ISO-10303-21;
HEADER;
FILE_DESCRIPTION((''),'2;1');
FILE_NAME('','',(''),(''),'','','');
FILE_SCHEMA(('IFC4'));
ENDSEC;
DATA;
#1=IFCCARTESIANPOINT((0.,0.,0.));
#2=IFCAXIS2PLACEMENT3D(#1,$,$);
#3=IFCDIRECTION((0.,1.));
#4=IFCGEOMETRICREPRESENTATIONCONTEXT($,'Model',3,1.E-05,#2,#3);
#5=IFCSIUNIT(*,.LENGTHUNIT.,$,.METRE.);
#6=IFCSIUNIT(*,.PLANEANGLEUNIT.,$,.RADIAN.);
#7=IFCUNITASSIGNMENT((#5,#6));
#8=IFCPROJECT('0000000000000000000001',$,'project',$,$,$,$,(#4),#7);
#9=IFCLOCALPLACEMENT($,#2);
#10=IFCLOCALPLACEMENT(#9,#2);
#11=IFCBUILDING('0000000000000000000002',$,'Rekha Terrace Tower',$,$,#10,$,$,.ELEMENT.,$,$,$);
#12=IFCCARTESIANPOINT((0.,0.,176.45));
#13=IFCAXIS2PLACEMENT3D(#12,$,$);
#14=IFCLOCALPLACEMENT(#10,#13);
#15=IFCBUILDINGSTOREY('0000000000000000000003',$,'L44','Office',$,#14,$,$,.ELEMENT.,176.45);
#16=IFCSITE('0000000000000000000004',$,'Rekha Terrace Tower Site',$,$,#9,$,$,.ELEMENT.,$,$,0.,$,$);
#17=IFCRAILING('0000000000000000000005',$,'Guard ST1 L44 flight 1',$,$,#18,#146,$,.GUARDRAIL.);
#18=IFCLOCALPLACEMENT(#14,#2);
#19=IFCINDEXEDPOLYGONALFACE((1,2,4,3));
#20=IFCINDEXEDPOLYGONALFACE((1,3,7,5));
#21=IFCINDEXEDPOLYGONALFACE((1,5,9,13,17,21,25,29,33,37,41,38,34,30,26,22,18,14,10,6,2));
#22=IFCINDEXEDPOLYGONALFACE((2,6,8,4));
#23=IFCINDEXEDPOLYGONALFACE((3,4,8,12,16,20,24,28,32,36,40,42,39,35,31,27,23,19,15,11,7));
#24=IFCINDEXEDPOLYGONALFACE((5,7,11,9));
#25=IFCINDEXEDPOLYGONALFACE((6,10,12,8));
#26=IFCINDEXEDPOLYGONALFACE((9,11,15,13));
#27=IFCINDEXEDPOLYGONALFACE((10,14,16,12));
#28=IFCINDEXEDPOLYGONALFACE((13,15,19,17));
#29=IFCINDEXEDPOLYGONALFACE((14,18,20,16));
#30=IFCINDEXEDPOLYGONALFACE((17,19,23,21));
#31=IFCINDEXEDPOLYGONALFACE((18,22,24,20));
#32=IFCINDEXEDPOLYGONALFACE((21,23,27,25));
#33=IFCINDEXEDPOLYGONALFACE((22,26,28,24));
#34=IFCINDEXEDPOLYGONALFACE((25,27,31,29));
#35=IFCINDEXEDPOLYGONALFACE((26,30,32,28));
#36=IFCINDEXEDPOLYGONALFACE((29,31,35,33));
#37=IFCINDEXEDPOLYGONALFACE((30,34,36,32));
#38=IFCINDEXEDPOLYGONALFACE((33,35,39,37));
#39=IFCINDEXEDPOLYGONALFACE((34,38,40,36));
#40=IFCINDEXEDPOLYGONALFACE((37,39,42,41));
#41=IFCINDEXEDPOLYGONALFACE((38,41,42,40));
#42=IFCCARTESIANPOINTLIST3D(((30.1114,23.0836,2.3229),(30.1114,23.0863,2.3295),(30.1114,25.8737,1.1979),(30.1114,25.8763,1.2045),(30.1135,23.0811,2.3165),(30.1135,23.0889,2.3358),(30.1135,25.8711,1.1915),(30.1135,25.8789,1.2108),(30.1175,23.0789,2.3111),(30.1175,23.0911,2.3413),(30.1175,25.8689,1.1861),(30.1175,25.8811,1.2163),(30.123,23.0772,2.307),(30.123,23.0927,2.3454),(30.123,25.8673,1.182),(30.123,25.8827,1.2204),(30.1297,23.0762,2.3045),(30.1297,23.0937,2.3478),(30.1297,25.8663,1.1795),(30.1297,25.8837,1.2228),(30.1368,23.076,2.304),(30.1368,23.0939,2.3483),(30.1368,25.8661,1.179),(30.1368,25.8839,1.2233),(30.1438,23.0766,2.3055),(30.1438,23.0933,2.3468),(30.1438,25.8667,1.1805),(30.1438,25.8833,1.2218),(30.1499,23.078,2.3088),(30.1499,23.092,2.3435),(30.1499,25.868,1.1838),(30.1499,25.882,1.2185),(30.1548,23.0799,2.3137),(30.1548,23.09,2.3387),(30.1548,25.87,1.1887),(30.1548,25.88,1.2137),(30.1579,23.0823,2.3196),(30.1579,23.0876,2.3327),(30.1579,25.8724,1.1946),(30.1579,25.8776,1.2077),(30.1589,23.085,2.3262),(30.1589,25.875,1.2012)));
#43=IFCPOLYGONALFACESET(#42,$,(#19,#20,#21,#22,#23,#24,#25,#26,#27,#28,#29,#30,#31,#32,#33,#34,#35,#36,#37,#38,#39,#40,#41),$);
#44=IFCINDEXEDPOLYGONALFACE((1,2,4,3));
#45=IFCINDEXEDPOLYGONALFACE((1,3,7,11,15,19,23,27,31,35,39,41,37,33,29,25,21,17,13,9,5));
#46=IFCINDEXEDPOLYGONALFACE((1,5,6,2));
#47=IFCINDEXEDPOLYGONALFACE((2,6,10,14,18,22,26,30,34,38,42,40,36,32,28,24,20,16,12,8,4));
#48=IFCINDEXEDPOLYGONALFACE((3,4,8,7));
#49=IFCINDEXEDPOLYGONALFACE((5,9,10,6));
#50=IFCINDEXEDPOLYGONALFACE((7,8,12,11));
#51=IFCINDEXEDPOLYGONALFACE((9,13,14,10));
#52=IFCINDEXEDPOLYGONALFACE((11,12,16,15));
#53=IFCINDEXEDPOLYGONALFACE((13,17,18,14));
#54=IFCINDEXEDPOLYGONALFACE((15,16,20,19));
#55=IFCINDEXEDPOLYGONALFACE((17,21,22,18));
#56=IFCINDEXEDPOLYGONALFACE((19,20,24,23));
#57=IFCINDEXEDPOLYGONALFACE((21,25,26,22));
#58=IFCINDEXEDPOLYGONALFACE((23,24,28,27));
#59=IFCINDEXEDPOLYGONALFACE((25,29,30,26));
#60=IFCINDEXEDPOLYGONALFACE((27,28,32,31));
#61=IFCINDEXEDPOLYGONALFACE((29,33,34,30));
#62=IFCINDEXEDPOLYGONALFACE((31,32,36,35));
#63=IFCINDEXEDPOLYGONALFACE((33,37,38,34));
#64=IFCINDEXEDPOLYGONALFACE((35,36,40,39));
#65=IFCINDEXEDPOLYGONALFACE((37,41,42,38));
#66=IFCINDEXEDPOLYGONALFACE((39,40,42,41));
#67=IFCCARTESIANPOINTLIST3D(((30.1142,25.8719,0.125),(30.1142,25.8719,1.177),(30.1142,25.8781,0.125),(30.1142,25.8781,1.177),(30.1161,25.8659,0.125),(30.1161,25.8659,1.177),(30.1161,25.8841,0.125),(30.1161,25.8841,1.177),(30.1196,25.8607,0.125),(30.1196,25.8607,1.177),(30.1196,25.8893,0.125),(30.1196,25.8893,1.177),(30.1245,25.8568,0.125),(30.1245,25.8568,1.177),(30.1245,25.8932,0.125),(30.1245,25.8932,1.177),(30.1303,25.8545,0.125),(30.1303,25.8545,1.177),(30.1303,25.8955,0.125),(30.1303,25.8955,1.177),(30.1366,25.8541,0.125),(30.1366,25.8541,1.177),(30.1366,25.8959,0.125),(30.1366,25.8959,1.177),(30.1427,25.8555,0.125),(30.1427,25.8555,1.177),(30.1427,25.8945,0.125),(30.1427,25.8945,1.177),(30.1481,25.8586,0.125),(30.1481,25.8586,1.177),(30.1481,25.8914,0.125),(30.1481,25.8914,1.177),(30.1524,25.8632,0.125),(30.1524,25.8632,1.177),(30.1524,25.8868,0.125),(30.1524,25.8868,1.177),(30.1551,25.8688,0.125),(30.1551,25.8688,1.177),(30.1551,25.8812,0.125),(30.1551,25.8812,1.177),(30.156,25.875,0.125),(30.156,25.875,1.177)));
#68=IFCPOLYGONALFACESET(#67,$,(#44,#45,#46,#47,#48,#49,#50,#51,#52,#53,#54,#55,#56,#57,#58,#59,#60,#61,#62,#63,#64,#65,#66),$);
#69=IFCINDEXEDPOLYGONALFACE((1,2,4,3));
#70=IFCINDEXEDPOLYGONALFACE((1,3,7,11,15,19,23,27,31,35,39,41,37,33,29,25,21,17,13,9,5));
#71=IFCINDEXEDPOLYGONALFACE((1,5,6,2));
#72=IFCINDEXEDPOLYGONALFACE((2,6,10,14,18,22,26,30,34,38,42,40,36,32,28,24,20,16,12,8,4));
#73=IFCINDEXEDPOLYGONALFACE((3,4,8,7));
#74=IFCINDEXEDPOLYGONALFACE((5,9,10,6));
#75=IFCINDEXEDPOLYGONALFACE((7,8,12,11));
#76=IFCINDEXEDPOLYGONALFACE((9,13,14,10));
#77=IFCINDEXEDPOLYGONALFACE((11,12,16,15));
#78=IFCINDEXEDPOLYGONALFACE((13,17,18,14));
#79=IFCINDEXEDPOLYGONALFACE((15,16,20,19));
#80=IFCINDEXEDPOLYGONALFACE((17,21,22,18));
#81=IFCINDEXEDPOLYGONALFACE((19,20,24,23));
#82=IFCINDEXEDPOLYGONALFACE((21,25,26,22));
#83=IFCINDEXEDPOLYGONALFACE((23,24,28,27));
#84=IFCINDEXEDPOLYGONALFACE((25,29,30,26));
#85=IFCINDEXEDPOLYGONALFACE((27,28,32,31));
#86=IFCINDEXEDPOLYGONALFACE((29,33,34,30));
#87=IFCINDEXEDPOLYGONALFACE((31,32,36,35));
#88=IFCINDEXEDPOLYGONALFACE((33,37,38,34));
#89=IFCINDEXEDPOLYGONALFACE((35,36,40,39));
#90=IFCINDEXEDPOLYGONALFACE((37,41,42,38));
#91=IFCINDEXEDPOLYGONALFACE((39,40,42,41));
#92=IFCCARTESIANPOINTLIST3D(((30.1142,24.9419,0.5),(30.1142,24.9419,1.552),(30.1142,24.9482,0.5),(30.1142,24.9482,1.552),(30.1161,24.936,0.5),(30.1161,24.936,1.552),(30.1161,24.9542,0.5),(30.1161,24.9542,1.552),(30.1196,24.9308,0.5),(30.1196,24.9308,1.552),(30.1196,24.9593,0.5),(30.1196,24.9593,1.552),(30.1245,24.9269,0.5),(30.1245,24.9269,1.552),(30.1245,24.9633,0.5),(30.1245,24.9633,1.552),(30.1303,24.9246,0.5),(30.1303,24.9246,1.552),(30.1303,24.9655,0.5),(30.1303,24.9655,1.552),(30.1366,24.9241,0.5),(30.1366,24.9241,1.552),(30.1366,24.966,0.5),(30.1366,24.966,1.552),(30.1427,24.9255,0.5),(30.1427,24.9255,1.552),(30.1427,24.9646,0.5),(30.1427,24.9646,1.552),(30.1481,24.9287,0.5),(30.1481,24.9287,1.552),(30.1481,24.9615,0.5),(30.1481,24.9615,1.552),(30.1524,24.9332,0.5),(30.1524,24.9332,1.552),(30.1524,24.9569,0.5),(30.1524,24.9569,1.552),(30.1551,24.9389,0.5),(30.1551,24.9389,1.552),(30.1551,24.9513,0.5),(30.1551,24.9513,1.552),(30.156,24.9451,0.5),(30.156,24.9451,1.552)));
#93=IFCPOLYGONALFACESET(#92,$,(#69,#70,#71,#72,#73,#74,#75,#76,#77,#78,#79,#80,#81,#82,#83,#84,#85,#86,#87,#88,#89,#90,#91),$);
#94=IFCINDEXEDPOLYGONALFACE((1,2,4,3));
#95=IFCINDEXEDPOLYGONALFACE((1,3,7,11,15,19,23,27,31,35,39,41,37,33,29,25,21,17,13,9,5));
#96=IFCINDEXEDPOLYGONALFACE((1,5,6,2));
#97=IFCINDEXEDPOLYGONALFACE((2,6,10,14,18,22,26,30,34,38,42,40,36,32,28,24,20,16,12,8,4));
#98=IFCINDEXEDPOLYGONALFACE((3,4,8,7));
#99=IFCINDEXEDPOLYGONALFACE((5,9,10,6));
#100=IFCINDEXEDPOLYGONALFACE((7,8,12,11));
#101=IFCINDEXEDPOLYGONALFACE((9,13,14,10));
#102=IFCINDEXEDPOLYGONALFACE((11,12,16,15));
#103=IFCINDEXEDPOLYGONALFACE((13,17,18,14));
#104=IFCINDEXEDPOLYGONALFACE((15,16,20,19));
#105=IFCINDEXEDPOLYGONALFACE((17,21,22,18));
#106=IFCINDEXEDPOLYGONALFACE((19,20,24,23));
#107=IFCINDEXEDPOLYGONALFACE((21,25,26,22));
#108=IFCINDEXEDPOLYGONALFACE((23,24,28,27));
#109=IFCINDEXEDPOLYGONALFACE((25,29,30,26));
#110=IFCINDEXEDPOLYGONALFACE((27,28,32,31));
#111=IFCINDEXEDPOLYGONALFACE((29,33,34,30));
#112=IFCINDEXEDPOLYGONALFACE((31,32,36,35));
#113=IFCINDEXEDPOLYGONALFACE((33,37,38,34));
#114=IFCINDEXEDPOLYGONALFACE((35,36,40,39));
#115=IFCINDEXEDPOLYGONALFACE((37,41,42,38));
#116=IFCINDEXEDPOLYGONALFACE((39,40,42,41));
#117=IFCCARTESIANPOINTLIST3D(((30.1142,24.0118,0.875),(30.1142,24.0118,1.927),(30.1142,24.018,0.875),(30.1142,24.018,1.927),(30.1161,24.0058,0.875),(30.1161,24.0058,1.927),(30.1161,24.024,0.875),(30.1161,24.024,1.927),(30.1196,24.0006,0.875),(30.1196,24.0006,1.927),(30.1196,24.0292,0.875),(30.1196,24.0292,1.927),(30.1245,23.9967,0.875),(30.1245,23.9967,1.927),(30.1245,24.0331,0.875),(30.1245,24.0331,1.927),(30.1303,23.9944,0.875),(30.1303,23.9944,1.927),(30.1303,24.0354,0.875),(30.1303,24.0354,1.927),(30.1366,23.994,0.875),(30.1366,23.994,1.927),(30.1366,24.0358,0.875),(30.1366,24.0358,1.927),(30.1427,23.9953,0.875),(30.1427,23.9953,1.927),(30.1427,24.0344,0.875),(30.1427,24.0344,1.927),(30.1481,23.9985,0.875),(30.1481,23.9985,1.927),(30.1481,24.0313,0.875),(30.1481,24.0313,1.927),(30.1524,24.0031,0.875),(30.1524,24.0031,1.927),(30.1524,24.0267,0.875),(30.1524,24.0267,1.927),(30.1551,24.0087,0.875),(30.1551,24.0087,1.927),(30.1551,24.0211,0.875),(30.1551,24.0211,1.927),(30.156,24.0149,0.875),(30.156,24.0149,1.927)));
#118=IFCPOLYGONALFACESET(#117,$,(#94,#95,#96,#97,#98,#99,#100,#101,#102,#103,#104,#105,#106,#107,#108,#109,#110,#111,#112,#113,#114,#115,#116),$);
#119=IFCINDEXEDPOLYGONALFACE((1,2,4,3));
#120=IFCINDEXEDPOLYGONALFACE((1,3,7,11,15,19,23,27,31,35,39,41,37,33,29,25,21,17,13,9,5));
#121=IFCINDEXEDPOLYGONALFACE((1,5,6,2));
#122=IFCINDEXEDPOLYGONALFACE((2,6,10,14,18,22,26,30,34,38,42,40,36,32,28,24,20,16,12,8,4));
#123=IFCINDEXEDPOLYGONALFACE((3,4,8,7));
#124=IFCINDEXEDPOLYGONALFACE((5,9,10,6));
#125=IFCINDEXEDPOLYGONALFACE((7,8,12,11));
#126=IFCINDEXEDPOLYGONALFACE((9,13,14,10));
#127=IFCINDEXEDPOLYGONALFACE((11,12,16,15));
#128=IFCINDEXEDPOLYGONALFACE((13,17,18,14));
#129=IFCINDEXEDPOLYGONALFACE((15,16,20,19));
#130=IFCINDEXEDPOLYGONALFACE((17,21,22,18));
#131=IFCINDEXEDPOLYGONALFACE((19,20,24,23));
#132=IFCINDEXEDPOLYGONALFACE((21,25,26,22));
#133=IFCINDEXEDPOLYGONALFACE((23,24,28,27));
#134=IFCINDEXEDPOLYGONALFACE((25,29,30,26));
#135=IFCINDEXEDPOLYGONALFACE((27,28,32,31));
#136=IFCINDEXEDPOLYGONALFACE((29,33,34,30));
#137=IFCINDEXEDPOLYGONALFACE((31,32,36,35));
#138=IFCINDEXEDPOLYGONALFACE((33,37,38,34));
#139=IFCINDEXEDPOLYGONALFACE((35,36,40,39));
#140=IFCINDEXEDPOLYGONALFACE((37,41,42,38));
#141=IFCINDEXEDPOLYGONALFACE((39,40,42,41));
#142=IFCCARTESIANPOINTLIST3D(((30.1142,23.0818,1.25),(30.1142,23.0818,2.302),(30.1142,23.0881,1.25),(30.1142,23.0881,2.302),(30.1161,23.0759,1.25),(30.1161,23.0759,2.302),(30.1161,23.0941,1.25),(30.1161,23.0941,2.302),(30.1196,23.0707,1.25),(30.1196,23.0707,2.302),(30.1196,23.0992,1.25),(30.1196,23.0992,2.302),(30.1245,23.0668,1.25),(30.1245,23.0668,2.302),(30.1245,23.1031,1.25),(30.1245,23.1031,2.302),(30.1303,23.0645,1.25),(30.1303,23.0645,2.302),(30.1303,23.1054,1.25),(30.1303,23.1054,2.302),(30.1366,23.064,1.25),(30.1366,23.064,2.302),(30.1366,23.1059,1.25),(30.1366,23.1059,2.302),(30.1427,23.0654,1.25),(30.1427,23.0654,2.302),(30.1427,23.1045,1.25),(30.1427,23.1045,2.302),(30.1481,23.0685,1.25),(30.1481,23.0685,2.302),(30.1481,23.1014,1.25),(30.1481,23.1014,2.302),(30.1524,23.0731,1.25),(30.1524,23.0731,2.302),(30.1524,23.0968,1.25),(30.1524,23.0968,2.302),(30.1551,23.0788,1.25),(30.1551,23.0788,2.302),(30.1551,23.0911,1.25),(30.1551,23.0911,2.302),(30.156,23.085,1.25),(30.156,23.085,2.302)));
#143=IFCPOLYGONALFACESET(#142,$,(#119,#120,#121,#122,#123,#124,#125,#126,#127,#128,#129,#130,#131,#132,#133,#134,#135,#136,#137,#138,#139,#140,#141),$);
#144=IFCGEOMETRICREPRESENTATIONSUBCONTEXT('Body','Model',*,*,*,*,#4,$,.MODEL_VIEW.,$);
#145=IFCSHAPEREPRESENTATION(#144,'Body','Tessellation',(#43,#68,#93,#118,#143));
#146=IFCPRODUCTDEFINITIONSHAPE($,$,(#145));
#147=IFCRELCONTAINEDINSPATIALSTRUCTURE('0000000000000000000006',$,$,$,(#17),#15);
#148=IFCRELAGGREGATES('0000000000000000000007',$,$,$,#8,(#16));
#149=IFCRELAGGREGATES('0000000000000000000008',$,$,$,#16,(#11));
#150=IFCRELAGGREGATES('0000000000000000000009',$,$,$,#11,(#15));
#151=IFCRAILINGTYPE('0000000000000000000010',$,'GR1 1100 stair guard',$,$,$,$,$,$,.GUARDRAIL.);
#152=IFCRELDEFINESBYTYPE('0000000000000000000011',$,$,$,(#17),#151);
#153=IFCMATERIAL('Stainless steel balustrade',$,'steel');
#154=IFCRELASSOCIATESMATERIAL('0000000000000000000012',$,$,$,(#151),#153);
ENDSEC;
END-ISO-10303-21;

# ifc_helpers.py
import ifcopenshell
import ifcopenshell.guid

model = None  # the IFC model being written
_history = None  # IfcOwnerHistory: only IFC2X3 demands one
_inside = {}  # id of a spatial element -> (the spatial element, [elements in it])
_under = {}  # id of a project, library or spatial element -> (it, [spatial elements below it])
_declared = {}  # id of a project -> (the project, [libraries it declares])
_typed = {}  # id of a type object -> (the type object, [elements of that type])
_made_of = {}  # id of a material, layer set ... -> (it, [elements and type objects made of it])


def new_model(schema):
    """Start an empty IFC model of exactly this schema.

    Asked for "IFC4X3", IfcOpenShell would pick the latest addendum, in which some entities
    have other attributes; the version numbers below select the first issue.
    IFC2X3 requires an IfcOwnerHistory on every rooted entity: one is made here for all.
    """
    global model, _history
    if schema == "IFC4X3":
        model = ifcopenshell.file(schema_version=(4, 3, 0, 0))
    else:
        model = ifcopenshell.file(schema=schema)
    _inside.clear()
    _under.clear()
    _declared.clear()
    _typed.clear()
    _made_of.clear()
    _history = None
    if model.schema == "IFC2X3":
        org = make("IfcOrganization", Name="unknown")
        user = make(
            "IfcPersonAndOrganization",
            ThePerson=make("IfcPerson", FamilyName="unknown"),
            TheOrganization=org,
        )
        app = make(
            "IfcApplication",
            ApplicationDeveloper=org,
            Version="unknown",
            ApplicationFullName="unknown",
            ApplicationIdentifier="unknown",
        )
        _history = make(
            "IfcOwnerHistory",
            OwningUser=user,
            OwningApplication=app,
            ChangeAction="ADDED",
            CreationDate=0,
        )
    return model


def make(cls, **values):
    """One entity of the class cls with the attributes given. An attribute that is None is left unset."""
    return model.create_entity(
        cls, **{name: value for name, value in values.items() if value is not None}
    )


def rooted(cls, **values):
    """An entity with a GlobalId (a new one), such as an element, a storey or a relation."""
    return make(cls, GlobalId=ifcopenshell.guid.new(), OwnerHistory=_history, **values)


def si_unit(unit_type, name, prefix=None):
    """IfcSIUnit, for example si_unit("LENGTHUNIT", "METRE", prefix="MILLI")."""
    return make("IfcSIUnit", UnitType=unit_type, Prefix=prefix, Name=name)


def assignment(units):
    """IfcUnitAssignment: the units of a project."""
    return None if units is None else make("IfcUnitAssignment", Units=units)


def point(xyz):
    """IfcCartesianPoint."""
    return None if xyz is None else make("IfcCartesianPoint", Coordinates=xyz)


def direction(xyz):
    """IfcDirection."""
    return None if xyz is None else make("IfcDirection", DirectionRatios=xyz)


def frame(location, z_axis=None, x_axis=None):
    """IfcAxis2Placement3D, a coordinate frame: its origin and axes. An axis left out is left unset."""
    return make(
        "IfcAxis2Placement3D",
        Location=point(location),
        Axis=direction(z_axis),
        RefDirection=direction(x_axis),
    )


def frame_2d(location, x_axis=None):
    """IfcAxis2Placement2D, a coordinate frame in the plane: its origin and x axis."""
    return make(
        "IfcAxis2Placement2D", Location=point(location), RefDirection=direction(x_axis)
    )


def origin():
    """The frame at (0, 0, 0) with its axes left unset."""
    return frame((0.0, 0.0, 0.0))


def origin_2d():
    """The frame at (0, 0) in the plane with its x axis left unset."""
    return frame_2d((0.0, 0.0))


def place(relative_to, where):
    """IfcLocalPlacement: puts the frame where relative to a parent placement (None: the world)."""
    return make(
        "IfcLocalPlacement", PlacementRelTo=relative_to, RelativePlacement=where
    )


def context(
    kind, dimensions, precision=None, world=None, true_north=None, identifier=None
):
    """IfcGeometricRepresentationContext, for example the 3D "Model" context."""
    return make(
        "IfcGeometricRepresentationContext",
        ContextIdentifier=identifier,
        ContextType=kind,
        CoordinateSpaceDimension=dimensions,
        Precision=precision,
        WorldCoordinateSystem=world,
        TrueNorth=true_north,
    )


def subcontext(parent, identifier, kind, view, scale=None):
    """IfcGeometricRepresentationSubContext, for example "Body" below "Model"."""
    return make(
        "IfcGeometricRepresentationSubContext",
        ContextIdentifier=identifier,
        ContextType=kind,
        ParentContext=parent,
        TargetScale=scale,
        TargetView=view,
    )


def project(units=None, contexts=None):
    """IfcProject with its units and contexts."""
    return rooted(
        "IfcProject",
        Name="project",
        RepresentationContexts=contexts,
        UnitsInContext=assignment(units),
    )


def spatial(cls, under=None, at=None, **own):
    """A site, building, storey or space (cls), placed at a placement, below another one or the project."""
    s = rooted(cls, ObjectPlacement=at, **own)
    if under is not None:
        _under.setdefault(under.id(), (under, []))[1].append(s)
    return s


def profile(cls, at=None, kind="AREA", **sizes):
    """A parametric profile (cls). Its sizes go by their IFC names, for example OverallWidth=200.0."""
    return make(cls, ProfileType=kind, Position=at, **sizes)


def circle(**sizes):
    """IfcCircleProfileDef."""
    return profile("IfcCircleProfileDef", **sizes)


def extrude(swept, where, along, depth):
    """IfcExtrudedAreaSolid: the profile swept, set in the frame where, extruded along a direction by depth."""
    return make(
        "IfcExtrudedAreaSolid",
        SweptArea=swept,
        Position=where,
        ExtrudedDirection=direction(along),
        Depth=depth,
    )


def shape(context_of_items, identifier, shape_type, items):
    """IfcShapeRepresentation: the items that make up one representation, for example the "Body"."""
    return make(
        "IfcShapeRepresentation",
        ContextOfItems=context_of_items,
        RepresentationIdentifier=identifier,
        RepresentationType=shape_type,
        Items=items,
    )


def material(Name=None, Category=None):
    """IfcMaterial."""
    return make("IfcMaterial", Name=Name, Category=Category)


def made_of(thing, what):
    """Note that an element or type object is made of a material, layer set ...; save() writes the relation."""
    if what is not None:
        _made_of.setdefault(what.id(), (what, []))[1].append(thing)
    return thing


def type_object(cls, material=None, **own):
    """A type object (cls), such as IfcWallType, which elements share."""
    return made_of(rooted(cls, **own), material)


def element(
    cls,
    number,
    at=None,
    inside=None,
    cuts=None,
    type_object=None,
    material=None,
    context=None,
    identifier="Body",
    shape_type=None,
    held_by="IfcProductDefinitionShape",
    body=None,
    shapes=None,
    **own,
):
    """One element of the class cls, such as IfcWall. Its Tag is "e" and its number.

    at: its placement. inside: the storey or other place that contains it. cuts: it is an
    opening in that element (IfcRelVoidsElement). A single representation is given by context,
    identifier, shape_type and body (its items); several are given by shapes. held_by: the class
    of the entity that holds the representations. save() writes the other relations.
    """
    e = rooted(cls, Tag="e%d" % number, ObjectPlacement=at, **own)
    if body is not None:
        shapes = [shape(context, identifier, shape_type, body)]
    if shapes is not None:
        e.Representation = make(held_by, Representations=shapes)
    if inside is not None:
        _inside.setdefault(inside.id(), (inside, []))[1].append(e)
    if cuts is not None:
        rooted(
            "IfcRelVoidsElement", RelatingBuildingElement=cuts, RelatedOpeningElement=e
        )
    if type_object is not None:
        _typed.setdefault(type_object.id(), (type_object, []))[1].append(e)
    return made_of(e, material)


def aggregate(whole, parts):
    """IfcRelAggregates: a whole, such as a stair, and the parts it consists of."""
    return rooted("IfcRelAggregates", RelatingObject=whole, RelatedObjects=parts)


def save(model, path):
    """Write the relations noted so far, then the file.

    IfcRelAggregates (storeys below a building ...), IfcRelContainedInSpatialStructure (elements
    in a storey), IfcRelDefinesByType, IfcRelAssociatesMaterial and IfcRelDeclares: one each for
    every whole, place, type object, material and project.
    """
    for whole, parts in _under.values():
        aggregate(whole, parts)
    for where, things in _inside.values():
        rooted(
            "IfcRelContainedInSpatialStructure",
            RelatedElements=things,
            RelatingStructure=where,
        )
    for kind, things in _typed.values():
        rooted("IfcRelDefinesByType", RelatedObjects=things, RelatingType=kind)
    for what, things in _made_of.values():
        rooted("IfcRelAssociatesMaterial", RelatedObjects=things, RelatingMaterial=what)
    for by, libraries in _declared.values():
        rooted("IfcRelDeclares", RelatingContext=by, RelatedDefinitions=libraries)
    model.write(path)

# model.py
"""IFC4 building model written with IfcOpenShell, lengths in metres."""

from ifc_helpers import new_model, si_unit, direction, frame, origin, origin_2d, place, context, subcontext, project, spatial, circle, extrude, material, type_object, element, save


model = new_model("IFC4")

# Units and contexts
model_context = context("Model", 3, precision=1e-05, world=origin(), true_north=direction((0.0, 1.0)))
body_context = subcontext(model_context, "Body", "Model", "MODEL_VIEW")
ifc_project = project(units=[si_unit("LENGTHUNIT", "METRE"), si_unit("PLANEANGLEUNIT", "RADIAN")], contexts=[model_context])

# Site, building, storey
site_placement = place(None, origin())
site = spatial("IfcSite", under=ifc_project, at=site_placement, Name="Rekha Terrace Tower Site", CompositionType="ELEMENT", RefElevation=0.0)
building_placement = place(site_placement, origin())
building = spatial("IfcBuilding", under=site, at=building_placement, Name="Rekha Terrace Tower", CompositionType="ELEMENT")
storey_placement = place(building_placement, frame((0.0, 0.0, 176.45)))
storey = spatial("IfcBuildingStorey", under=building, at=storey_placement, Name="L44", Description="Office", CompositionType="ELEMENT", Elevation=176.45)

# Railing
ifc_material_1 = material(Name="Stainless steel balustrade", Category="steel")
railing_type_1 = type_object("IfcRailingType", Name="GR1 1100 stair guard", PredefinedType="GUARDRAIL", material=ifc_material_1)
railing_1_placement = place(storey_placement, frame((30.135, 25.875, 0.125)))
element("IfcRailing", 1, at=railing_1_placement, inside=storey, type_object=railing_type_1, Name="Guard ST1 L44 flight 1", PredefinedType="GUARDRAIL", context=body_context, shape_type="SweptSolid", body=[
    extrude(circle(Radius=0.0239, at=origin_2d()), frame((0.0, 0.0, 1.0762), z_axis=(0.0, -0.927443, 0.373964), x_axis=(1.0, 0.0, 0.0)), (0.0, 0.0, 1.0), 3.0083),
    extrude(circle(Radius=0.021, at=origin_2d()), origin(), (0.0, 0.0, 1.0), 1.052),
    extrude(circle(Radius=0.021, at=origin_2d()), frame((0.0, -0.9299, 0.375)), (0.0, 0.0, 1.0), 1.052),
    extrude(circle(Radius=0.021, at=origin_2d()), frame((0.0, -1.8601, 0.75)), (0.0, 0.0, 1.0), 1.052),
    extrude(circle(Radius=0.021, at=origin_2d()), frame((0.0, -2.79, 1.125)), (0.0, 0.0, 1.0), 1.052),
])

save(model, "model.ifc")
